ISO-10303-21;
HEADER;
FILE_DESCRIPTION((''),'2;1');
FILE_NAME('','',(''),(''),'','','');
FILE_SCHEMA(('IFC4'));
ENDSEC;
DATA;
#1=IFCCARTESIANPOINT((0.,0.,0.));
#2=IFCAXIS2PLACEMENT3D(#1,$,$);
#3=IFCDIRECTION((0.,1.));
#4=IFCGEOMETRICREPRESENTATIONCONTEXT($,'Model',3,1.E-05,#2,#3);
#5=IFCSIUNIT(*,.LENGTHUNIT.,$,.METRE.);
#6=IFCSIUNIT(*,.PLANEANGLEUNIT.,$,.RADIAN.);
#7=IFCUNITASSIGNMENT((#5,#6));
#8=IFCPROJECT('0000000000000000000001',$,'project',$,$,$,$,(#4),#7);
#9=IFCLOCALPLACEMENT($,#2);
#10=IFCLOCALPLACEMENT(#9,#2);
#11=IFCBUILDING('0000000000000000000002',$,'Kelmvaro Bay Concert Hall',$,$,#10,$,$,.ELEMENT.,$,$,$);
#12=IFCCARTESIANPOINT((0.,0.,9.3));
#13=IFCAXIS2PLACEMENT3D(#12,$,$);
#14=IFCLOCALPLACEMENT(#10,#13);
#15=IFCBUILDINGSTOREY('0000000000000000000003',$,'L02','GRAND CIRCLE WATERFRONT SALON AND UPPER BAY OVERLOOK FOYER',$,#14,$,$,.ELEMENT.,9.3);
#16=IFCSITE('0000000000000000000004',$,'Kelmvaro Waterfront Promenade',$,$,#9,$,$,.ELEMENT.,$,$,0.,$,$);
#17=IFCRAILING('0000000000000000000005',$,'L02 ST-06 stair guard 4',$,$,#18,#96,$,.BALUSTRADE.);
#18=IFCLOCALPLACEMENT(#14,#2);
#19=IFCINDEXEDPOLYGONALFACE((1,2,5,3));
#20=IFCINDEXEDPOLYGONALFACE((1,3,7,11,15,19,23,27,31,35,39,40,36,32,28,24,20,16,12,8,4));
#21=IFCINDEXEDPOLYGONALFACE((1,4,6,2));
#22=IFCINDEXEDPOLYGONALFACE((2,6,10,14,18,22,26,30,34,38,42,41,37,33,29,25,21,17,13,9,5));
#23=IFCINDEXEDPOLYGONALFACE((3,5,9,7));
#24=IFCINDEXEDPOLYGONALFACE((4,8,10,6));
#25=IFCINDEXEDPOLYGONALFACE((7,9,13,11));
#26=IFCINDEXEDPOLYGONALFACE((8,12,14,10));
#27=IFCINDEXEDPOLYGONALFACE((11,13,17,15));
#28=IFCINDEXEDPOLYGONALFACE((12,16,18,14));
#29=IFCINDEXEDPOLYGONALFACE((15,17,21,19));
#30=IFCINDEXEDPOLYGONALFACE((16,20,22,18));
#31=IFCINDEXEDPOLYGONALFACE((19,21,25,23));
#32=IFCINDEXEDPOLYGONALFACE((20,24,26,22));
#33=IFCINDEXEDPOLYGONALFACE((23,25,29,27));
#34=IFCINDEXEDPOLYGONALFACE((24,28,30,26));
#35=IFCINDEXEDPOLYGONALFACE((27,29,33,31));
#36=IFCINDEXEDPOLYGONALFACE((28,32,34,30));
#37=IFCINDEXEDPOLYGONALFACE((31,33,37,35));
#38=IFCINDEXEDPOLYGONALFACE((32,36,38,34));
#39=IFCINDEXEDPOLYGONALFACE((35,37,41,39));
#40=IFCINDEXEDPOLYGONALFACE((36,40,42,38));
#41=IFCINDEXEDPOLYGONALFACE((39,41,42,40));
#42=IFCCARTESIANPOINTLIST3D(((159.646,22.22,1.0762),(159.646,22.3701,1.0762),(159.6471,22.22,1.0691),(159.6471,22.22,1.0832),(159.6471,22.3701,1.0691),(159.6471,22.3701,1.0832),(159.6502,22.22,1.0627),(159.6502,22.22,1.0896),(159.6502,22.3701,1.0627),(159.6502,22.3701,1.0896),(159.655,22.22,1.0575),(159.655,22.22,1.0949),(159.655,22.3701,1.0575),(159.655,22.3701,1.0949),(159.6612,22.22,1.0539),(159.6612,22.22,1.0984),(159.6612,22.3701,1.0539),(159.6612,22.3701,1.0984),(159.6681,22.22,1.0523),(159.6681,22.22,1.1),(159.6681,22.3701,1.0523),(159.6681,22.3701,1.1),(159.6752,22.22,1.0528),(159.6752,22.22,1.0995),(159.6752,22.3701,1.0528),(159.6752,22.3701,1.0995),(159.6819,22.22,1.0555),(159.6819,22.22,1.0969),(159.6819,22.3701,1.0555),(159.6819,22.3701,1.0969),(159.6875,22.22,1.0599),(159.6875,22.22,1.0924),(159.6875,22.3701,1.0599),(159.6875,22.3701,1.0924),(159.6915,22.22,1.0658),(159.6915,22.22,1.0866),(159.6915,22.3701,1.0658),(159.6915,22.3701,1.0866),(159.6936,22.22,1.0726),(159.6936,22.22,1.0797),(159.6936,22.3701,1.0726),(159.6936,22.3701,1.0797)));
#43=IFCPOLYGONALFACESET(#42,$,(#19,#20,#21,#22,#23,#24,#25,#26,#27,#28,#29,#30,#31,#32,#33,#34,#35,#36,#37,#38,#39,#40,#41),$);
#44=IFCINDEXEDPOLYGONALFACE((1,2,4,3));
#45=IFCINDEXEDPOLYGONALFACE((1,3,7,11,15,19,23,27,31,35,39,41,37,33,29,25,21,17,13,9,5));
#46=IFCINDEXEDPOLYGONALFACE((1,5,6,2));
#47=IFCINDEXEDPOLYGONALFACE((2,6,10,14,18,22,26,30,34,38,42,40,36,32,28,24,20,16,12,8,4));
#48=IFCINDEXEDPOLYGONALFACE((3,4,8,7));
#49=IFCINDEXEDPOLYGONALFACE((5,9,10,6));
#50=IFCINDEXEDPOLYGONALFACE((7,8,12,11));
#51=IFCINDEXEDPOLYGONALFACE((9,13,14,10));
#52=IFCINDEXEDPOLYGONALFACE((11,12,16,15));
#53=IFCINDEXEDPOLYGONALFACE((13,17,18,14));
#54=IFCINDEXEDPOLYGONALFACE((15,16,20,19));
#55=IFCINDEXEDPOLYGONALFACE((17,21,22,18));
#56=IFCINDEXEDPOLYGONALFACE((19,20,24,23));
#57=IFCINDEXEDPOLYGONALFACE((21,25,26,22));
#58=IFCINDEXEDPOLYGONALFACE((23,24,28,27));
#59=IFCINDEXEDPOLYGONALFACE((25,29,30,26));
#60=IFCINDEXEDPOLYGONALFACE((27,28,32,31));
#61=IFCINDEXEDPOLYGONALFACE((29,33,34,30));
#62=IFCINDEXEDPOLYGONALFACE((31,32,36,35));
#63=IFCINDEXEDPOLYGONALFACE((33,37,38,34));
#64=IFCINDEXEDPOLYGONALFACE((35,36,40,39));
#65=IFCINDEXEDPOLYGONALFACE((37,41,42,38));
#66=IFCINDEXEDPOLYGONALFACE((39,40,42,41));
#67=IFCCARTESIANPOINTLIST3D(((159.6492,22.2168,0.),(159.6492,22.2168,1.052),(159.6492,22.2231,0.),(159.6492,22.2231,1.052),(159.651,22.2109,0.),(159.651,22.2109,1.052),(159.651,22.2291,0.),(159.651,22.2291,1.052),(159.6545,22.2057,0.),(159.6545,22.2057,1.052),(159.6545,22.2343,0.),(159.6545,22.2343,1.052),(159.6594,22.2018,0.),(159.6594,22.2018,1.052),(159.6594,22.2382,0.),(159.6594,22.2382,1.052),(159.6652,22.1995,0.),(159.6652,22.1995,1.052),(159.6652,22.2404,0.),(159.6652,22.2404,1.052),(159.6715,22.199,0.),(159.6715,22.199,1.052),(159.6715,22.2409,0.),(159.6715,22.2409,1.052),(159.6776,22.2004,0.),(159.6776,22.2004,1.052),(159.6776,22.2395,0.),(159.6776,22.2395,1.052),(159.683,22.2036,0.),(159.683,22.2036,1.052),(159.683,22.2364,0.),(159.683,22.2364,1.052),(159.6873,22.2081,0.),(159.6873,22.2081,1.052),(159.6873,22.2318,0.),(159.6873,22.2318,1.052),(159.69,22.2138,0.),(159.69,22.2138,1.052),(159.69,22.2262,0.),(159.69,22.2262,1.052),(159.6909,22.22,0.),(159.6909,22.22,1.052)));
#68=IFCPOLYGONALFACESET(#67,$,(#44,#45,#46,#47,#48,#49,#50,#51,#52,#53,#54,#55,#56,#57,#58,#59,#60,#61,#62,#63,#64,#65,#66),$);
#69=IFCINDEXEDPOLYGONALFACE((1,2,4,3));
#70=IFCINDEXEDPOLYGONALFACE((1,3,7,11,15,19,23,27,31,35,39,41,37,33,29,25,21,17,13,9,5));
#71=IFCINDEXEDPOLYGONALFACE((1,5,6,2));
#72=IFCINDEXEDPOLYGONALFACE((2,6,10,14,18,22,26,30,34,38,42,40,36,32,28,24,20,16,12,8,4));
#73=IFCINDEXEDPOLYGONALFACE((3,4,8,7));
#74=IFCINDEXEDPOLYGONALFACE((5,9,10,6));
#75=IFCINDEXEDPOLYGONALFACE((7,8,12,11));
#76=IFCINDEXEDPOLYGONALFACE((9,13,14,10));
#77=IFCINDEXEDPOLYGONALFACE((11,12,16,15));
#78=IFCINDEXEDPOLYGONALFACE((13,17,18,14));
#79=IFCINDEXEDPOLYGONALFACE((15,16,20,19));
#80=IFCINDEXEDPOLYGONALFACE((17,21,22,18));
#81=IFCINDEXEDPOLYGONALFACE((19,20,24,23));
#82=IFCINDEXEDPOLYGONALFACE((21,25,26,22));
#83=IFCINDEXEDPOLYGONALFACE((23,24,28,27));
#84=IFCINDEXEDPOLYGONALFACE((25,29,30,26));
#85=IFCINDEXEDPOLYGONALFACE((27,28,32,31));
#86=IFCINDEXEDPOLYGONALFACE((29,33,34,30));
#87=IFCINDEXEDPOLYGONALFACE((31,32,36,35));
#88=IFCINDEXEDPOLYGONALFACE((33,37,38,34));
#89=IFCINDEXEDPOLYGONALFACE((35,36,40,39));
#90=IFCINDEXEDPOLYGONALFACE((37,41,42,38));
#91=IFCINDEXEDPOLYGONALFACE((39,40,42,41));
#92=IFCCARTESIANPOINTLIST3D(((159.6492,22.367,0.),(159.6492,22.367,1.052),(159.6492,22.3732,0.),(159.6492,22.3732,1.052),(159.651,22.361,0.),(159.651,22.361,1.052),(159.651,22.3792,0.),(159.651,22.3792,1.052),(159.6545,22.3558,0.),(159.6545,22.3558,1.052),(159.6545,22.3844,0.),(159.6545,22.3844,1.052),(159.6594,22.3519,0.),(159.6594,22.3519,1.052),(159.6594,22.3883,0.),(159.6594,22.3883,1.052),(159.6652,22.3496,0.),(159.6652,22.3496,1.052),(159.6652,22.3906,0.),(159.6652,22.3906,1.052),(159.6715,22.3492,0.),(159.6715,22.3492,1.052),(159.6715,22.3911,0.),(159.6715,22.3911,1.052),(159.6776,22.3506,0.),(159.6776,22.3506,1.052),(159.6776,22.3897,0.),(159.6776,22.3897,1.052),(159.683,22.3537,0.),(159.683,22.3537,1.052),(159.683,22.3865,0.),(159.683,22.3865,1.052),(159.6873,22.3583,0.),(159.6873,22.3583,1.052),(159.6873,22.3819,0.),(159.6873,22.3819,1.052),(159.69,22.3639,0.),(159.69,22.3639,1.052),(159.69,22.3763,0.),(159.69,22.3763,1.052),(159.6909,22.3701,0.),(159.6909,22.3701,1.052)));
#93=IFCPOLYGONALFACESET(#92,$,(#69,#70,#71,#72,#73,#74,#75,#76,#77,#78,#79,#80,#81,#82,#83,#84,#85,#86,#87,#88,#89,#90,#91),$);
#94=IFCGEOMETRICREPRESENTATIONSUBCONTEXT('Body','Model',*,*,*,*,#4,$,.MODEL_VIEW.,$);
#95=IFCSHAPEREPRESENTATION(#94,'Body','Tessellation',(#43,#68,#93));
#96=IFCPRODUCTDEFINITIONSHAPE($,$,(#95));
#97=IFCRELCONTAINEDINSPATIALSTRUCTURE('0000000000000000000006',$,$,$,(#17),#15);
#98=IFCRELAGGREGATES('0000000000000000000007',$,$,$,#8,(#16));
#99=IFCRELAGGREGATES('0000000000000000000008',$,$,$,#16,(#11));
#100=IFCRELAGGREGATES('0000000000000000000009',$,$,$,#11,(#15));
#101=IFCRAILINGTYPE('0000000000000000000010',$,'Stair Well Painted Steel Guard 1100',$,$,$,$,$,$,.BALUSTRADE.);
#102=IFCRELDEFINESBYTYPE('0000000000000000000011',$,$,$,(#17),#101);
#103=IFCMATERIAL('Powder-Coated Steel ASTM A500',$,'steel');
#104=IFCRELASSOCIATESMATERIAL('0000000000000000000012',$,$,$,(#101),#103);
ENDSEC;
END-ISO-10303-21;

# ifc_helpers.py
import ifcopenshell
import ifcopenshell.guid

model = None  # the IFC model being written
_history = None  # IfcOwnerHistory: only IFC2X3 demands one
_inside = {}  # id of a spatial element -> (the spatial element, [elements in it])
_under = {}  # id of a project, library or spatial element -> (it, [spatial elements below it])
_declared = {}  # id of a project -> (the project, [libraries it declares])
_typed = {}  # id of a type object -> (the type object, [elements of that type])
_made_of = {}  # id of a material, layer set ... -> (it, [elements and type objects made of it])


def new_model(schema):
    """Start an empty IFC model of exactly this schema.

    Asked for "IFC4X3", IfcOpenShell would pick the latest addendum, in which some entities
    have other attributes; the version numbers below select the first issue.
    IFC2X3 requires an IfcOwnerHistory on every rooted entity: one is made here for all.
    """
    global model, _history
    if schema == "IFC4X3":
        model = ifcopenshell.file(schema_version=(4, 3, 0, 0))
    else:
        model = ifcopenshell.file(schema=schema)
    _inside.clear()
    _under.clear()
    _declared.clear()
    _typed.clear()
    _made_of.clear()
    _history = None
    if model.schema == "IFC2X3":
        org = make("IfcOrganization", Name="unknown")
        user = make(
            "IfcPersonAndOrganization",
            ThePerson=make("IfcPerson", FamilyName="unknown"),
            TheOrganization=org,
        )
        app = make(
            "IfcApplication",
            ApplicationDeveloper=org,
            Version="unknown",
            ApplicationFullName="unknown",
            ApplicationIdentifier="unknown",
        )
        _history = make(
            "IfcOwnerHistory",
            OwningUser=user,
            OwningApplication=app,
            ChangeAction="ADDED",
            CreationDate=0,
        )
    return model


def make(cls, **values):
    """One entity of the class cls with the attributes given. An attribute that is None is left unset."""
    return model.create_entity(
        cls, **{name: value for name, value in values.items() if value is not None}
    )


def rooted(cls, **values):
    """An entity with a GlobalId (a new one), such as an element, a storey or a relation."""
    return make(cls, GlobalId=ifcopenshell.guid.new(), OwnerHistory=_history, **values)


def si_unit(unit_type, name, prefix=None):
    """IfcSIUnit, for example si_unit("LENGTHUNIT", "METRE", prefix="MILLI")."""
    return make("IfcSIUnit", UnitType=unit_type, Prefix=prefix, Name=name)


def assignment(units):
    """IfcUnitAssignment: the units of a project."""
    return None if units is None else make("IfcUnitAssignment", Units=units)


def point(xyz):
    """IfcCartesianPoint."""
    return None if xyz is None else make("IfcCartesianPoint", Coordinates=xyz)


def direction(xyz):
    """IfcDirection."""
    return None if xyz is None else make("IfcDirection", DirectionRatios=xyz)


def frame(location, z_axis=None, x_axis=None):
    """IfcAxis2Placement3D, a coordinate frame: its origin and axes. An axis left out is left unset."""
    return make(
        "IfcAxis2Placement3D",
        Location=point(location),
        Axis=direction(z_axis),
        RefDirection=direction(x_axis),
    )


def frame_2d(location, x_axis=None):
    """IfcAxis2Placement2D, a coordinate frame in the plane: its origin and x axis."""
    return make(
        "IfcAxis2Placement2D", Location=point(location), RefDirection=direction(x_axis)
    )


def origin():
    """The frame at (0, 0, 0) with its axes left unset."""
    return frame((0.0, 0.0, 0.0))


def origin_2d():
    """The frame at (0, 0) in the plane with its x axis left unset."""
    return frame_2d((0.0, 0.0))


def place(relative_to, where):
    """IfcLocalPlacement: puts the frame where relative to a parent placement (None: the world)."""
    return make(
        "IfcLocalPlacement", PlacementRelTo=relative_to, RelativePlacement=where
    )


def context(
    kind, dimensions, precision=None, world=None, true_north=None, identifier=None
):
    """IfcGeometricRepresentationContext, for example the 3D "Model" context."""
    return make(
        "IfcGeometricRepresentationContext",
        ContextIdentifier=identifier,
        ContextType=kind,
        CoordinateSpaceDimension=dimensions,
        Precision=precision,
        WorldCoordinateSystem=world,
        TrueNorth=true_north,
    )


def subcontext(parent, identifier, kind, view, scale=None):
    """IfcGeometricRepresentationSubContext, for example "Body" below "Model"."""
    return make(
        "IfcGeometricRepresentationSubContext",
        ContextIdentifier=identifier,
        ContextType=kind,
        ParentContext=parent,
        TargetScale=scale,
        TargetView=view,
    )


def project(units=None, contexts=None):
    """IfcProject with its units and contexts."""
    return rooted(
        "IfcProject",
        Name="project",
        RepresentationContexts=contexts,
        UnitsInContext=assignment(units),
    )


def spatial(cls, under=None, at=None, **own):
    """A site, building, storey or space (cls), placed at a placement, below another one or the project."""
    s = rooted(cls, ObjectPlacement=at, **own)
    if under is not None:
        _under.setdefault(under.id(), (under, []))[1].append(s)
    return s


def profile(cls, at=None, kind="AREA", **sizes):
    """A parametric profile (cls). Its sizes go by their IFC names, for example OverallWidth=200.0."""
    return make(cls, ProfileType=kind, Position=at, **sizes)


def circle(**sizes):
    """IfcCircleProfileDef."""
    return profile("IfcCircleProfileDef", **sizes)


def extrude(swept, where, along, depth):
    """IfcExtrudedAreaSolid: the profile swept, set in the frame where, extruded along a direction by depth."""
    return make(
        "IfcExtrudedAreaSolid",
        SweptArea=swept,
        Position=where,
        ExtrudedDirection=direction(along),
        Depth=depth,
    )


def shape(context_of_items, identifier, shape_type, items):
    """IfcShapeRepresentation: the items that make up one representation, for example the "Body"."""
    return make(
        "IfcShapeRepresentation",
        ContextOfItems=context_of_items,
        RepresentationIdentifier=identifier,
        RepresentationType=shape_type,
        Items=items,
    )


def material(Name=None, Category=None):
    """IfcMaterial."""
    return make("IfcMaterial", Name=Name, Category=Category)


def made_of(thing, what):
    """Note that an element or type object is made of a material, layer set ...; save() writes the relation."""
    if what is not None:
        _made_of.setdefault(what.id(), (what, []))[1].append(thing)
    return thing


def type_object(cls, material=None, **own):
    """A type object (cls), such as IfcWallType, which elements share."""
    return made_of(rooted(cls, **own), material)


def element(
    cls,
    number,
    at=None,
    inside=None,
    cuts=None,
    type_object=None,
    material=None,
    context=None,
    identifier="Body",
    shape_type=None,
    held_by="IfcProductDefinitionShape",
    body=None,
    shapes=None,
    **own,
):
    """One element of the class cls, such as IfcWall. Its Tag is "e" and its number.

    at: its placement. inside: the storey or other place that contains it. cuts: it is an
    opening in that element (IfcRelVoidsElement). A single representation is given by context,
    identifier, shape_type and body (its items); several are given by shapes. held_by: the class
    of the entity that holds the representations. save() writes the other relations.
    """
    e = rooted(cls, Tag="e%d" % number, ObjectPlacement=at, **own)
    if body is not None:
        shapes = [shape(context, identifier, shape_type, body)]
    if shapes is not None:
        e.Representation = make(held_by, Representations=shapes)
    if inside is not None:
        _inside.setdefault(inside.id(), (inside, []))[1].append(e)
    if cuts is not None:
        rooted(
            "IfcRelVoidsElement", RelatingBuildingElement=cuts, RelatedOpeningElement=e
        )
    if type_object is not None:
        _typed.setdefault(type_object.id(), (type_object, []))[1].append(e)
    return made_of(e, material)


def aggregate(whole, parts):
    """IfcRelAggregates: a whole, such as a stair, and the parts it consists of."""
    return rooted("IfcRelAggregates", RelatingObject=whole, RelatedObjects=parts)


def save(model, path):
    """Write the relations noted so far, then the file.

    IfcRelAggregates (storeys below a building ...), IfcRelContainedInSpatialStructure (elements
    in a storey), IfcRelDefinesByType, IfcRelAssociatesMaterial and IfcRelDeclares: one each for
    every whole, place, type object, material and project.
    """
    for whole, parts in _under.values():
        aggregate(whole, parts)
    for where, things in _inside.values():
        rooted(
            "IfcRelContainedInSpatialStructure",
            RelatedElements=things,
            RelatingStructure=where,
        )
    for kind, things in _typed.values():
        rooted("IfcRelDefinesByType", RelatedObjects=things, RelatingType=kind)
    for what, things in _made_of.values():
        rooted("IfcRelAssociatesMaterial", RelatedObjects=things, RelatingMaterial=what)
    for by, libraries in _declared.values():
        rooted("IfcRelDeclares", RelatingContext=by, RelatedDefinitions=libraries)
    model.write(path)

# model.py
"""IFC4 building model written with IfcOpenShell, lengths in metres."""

from ifc_helpers import new_model, si_unit, direction, frame, origin, origin_2d, place, context, subcontext, project, spatial, circle, extrude, material, type_object, element, save


model = new_model("IFC4")

# Units and contexts
model_context = context("Model", 3, precision=1e-05, world=origin(), true_north=direction((0.0, 1.0)))
body_context = subcontext(model_context, "Body", "Model", "MODEL_VIEW")
ifc_project = project(units=[si_unit("LENGTHUNIT", "METRE"), si_unit("PLANEANGLEUNIT", "RADIAN")], contexts=[model_context])

# Site, building, storey
site_placement = place(None, origin())
site = spatial("IfcSite", under=ifc_project, at=site_placement, Name="Kelmvaro Waterfront Promenade", CompositionType="ELEMENT", RefElevation=0.0)
building_placement = place(site_placement, origin())
building = spatial("IfcBuilding", under=site, at=building_placement, Name="Kelmvaro Bay Concert Hall", CompositionType="ELEMENT")
storey_placement = place(building_placement, frame((0.0, 0.0, 9.3)))
storey = spatial("IfcBuildingStorey", under=building, at=storey_placement, Name="L02", Description="GRAND CIRCLE WATERFRONT SALON AND UPPER BAY OVERLOOK FOYER", CompositionType="ELEMENT", Elevation=9.3)

# Railing
ifc_material_1 = material(Name="Powder-Coated Steel ASTM A500", Category="steel")
railing_type_1 = type_object("IfcRailingType", Name="Stair Well Painted Steel Guard 1100", PredefinedType="BALUSTRADE", material=ifc_material_1)
railing_1_placement = place(storey_placement, frame((159.6699, 22.22, 0.0)))
element("IfcRailing", 1, at=railing_1_placement, inside=storey, type_object=railing_type_1, Name="L02 ST-06 stair guard 4", PredefinedType="BALUSTRADE", context=body_context, shape_type="SweptSolid", body=[
    extrude(circle(Radius=0.0239, at=origin_2d()), frame((0.0, 0.0, 1.0762), z_axis=(0.0, 1.0, 0.0), x_axis=(-1.0, 0.0, 0.0)), (0.0, 0.0, 1.0), 0.1501),
    extrude(circle(Radius=0.021, at=origin_2d()), origin(), (0.0, 0.0, 1.0), 1.052),
    extrude(circle(Radius=0.021, at=origin_2d()), frame((0.0, 0.1501, 0.0)), (0.0, 0.0, 1.0), 1.052),
])

save(model, "model.ifc")
